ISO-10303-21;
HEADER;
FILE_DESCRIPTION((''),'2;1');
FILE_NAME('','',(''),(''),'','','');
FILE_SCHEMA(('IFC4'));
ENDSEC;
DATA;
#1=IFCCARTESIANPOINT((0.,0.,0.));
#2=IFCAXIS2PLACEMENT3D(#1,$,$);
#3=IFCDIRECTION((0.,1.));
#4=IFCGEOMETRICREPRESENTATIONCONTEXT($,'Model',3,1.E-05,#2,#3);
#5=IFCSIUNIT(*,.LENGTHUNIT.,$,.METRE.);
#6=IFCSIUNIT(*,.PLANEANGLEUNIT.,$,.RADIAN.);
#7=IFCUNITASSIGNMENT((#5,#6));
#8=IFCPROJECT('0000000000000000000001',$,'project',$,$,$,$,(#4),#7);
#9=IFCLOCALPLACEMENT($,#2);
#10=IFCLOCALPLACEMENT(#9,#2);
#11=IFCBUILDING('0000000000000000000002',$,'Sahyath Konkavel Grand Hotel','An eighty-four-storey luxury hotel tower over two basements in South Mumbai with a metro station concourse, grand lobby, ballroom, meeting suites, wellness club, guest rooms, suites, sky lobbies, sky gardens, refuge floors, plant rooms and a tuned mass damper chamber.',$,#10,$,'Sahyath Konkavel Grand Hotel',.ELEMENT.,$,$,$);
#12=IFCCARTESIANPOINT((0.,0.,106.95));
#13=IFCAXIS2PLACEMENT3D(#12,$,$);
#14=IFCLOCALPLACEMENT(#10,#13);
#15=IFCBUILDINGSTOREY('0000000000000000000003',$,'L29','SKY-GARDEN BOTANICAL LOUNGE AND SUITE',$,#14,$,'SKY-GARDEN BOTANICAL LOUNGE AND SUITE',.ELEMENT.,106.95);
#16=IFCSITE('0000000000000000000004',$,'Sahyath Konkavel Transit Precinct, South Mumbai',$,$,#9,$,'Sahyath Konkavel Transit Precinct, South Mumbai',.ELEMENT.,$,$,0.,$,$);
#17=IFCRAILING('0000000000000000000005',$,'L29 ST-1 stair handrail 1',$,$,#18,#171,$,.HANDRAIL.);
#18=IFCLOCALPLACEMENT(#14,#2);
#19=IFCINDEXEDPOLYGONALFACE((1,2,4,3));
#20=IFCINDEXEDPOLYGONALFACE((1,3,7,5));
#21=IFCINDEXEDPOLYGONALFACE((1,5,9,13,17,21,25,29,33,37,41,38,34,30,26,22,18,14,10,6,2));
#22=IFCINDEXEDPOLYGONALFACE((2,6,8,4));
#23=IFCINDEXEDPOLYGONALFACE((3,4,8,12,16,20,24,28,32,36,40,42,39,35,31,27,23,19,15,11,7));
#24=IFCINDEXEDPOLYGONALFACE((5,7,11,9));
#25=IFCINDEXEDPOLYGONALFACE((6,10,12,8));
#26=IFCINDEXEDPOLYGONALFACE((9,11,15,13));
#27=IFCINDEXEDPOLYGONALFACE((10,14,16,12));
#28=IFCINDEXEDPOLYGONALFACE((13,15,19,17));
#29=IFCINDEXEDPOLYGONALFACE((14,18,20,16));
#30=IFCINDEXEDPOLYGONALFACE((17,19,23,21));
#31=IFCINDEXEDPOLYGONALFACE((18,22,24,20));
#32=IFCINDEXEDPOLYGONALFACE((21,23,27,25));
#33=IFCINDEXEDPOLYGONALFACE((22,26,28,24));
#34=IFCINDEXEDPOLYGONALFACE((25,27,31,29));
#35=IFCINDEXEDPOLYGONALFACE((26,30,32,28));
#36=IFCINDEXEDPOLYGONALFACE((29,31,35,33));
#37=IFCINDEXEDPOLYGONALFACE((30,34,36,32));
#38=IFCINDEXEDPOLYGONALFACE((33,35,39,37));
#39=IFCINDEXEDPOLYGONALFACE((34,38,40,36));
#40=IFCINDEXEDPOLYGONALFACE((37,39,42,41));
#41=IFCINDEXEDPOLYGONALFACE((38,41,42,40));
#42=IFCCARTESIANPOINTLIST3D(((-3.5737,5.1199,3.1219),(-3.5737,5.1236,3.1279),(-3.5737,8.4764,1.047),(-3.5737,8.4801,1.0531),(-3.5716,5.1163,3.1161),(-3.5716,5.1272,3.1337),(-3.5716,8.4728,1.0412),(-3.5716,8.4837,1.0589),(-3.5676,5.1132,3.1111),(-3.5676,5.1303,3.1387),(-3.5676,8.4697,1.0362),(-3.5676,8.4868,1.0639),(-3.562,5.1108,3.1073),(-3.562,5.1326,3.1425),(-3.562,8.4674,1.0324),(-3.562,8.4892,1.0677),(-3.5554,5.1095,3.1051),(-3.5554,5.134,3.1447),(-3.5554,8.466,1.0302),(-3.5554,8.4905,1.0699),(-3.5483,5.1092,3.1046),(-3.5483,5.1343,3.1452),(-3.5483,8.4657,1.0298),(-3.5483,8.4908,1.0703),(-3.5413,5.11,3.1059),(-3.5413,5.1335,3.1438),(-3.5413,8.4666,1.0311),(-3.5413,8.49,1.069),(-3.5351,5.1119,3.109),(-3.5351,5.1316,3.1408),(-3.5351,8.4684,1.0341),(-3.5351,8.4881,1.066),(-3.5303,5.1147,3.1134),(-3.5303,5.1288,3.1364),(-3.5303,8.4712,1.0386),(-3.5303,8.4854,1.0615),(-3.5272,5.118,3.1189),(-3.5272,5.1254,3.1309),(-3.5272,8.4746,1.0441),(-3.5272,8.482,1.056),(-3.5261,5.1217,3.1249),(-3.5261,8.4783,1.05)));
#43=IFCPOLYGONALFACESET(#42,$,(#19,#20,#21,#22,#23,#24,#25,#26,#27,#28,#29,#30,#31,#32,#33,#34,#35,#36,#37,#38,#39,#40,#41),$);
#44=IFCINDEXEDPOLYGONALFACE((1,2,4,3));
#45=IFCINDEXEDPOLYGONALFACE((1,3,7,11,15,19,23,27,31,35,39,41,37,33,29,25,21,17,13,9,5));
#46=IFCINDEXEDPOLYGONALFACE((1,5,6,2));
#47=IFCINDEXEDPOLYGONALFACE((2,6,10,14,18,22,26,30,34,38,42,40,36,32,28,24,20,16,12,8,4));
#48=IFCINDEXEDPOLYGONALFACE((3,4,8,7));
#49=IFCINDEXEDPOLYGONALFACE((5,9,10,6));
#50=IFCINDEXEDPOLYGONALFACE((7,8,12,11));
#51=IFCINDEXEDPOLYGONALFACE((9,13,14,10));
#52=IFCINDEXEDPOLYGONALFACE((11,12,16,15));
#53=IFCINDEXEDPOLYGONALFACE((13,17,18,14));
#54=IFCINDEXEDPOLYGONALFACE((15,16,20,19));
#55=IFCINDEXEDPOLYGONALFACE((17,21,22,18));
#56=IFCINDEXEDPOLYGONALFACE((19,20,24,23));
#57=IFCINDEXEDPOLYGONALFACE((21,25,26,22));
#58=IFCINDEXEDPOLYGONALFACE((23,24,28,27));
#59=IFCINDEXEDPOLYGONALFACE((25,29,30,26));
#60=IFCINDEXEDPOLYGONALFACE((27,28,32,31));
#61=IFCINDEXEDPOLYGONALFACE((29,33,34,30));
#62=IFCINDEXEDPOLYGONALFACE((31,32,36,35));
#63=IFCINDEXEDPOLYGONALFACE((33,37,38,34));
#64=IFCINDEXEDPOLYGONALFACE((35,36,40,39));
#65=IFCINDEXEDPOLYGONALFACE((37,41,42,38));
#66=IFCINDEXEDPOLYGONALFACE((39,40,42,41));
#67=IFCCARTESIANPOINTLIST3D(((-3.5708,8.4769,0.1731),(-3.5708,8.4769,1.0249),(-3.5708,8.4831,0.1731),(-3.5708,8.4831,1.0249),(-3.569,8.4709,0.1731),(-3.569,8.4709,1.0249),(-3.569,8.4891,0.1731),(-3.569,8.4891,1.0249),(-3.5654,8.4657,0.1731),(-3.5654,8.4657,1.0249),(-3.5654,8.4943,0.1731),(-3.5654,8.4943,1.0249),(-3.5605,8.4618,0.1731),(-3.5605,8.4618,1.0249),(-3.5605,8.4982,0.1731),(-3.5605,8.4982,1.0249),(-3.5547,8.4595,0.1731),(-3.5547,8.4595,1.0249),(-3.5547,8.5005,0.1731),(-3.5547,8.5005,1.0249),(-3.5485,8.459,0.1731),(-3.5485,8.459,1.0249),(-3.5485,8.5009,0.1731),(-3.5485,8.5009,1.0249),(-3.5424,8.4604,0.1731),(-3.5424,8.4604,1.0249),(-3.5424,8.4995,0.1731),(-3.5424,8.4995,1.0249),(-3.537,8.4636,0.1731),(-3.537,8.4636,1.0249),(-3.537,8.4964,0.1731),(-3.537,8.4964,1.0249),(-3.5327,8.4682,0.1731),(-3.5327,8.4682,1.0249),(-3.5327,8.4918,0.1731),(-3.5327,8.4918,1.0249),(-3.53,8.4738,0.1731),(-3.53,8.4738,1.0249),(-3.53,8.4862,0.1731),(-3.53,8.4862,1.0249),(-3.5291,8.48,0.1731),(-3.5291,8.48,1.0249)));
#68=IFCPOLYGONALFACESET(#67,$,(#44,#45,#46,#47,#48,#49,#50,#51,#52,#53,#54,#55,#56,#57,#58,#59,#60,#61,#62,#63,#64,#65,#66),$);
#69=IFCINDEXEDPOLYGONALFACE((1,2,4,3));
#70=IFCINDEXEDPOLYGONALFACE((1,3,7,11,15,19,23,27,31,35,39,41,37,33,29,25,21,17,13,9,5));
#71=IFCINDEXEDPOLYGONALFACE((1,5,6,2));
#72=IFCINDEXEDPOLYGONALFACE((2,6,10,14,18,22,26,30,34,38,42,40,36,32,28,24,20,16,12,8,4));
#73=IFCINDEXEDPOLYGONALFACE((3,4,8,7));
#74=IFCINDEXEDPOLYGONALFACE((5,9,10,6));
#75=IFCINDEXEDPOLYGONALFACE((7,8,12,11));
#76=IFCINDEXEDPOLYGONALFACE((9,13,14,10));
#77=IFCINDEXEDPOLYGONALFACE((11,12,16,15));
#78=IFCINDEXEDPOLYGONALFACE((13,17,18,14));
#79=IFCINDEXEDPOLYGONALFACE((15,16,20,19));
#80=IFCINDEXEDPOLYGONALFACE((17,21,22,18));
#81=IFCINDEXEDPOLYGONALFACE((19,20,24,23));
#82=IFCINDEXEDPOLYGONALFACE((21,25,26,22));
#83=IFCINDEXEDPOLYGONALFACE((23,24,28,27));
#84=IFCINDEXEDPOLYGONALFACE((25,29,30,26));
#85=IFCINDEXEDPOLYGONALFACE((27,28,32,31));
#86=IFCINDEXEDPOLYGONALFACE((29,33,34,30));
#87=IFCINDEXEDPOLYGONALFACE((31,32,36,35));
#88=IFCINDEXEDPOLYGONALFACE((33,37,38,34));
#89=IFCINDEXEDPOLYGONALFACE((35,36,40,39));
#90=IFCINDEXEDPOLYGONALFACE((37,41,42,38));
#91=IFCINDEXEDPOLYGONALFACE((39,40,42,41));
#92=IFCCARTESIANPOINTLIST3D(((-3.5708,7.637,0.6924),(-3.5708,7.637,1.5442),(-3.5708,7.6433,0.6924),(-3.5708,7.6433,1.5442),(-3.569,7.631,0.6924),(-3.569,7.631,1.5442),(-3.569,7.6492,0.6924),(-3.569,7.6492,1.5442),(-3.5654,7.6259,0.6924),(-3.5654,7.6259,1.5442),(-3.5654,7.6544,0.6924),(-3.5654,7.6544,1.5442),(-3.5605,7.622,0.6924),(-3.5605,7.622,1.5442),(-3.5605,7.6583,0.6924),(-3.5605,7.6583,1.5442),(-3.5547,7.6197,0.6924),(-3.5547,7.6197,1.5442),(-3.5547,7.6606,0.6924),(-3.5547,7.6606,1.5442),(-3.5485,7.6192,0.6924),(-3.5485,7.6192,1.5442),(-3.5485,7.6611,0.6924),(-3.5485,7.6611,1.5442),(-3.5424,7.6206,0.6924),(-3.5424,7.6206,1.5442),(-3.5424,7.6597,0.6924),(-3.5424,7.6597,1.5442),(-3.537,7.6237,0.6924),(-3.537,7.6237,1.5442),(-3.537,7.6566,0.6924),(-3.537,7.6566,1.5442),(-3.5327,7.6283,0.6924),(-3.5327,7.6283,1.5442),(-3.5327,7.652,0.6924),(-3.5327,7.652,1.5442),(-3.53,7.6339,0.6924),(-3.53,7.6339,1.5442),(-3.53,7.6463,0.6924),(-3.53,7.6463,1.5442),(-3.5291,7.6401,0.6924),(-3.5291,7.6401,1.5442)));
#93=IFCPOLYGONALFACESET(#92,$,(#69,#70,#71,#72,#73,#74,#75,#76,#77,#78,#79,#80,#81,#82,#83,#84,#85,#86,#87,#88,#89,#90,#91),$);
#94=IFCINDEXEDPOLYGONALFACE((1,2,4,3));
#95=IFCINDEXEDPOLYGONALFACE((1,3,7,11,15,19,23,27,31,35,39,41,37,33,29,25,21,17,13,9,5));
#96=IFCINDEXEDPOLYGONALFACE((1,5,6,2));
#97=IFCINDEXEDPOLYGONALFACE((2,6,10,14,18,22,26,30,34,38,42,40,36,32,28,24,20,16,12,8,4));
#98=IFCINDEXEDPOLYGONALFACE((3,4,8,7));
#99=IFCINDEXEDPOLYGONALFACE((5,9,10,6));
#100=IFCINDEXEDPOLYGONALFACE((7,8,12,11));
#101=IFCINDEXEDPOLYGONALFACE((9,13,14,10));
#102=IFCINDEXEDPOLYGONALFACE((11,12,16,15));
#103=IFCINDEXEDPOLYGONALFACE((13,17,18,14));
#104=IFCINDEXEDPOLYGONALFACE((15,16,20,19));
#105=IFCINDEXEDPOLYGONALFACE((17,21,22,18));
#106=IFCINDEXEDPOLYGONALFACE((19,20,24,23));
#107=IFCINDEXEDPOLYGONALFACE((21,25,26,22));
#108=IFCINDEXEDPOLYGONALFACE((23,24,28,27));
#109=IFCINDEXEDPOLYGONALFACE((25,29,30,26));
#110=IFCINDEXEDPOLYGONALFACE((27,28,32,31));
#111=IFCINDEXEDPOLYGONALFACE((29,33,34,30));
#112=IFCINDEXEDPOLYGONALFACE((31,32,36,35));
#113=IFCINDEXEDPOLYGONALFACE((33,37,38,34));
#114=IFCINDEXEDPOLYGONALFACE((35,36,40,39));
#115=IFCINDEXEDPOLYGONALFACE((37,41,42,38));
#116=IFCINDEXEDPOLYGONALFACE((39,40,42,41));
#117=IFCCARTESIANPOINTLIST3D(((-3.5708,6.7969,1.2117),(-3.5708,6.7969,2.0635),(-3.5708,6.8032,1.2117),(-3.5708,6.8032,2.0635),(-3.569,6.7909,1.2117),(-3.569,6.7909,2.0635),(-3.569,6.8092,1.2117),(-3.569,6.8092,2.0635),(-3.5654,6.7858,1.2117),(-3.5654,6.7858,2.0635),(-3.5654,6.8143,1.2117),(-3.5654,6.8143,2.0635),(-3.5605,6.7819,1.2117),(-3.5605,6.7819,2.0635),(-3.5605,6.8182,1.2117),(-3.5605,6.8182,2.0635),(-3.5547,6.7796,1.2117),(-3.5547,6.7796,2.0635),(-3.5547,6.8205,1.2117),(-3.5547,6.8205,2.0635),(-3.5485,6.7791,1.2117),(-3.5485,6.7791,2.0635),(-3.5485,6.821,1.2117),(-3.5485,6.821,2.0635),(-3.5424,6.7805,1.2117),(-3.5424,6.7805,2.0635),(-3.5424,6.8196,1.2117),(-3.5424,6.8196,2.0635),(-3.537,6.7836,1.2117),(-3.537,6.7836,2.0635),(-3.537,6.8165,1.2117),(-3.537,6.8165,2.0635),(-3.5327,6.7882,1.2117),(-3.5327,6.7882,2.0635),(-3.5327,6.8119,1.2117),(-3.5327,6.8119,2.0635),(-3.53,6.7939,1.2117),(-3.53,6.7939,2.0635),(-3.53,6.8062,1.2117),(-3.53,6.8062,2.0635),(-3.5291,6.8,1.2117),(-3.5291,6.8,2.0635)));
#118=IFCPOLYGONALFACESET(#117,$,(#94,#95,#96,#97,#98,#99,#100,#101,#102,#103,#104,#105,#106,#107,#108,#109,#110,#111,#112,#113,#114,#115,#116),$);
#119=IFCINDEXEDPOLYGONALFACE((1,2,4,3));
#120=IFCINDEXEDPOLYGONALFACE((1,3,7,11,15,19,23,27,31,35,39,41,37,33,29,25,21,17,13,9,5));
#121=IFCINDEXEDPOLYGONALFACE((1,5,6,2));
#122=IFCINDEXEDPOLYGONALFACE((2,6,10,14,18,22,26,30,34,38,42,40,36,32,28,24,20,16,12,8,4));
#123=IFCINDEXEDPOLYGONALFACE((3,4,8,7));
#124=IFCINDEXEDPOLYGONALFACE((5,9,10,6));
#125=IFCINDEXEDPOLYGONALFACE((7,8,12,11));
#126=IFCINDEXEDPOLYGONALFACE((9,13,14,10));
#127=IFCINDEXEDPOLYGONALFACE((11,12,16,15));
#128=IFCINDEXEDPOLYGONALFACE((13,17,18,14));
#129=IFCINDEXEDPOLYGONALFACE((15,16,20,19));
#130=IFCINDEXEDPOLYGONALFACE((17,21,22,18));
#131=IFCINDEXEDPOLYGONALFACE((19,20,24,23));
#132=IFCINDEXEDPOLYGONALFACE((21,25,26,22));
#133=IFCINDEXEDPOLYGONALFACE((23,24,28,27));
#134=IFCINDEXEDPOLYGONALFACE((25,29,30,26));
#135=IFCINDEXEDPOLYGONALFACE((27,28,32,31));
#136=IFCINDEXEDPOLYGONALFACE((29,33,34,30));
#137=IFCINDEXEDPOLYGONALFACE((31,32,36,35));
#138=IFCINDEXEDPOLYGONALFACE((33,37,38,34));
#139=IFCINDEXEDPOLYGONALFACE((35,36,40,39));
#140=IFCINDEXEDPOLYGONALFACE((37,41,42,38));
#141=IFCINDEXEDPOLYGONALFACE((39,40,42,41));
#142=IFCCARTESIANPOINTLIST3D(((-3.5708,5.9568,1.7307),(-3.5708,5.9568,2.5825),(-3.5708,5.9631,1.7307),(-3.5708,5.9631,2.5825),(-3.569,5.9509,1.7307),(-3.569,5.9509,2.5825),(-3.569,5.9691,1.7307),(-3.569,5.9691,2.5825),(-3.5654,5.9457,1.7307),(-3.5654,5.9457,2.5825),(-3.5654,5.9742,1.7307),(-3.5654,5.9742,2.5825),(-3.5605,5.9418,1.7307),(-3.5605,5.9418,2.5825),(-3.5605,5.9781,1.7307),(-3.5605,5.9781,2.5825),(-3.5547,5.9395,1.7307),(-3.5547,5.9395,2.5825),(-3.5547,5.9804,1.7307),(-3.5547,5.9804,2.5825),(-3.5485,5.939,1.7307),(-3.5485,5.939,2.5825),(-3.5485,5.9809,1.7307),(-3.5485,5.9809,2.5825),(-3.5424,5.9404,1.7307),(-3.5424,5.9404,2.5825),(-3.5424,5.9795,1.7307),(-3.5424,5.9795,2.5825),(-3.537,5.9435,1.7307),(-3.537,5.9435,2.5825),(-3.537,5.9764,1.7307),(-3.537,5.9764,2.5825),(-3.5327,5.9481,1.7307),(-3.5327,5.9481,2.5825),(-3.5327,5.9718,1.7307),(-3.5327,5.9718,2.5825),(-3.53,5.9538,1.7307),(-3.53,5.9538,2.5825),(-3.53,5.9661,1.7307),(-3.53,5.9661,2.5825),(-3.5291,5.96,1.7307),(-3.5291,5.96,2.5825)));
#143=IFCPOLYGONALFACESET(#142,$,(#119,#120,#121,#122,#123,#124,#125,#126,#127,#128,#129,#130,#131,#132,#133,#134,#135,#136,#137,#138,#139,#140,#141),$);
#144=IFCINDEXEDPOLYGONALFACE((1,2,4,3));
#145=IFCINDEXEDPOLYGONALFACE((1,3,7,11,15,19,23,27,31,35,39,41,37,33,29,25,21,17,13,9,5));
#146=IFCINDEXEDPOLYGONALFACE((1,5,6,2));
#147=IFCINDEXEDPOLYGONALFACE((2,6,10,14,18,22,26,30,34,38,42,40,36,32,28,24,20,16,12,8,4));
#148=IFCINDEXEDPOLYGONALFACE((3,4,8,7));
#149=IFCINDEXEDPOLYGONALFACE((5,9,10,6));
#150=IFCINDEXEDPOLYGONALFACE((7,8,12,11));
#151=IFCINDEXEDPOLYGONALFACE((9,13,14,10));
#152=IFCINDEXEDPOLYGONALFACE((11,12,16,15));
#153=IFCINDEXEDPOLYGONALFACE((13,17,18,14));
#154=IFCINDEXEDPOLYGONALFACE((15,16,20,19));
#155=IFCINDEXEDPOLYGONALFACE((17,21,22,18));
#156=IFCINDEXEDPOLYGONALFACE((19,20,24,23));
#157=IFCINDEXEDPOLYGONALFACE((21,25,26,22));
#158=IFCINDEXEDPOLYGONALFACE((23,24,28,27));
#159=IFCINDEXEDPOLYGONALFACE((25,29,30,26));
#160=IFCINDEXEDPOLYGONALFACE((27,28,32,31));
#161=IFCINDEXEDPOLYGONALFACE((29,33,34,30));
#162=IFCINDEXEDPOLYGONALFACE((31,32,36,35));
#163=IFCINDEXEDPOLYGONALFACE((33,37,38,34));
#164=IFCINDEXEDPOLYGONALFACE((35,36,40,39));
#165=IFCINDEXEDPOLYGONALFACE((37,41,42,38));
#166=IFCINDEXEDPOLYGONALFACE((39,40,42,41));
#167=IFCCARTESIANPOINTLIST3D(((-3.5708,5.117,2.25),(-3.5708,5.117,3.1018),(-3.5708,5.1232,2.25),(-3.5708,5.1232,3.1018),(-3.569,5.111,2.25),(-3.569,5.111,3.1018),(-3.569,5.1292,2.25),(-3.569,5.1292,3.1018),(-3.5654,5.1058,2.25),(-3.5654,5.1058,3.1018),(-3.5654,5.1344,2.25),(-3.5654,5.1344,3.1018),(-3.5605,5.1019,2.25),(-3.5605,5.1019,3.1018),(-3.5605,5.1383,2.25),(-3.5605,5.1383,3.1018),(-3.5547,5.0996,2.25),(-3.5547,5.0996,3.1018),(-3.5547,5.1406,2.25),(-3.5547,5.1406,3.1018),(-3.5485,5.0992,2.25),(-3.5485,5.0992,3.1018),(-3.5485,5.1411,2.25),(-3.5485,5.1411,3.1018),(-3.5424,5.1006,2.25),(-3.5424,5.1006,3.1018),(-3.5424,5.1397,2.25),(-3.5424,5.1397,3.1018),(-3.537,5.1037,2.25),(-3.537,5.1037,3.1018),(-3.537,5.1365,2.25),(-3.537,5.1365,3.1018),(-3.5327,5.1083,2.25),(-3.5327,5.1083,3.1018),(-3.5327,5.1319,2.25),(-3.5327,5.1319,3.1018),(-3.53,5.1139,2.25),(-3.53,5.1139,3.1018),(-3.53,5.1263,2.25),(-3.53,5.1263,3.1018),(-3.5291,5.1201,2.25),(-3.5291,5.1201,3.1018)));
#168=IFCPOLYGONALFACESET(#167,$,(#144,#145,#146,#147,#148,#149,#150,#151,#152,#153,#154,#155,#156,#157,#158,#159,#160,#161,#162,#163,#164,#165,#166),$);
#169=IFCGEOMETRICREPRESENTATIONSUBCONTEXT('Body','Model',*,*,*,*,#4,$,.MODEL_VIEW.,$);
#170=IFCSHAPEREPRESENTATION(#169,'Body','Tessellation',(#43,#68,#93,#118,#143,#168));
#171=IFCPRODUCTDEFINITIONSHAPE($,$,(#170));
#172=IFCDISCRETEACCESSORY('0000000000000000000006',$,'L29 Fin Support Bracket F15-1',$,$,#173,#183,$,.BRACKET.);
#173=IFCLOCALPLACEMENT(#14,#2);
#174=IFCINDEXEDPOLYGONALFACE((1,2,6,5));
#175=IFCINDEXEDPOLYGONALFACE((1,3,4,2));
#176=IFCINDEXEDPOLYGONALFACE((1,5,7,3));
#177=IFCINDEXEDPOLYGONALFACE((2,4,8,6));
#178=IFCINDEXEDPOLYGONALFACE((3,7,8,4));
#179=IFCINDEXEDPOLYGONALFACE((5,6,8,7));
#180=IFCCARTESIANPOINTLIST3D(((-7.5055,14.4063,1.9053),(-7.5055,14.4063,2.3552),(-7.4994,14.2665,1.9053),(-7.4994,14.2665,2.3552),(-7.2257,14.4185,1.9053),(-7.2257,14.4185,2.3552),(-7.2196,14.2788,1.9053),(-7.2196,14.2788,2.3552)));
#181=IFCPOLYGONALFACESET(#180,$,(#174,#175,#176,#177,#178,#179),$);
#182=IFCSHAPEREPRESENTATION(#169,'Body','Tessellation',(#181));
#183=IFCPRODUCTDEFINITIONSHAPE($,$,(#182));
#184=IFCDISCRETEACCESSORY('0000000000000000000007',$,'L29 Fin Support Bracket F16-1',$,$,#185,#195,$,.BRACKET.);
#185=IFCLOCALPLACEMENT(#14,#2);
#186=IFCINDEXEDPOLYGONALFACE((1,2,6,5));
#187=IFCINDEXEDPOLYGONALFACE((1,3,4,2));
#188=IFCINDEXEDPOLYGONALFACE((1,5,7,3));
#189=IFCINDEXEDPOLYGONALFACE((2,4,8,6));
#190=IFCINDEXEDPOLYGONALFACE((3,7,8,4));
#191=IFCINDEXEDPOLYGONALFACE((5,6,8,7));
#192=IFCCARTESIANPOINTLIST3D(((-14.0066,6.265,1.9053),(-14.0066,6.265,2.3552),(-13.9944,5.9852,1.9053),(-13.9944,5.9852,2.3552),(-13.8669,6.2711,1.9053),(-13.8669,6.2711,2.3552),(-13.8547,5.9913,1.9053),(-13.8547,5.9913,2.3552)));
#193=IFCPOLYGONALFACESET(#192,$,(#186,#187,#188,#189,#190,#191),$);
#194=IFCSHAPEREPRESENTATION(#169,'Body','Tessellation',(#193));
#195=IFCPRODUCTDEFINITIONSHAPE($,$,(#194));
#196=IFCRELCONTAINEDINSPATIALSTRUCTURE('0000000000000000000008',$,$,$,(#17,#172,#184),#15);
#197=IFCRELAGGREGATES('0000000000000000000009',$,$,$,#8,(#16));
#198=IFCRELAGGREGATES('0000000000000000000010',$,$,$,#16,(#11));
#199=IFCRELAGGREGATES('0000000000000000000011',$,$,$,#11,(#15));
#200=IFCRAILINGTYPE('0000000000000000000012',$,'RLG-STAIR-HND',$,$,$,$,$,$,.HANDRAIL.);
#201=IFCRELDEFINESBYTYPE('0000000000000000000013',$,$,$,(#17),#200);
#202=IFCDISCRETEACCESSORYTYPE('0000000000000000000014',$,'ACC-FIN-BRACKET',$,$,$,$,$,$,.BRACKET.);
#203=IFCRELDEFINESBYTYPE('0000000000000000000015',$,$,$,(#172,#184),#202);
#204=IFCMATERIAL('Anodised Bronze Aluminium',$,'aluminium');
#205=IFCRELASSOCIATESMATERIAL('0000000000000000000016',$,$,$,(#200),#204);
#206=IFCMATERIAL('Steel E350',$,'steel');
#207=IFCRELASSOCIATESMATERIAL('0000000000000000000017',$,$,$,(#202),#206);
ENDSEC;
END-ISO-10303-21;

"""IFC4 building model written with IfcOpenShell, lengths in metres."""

from ifc_helpers import new_model, si_unit, direction, frame, origin, origin_2d, place, context, subcontext, project, spatial, rectangle, circle, extrude, source, transform, mapped, material, type_object, element, save


model = new_model("IFC4")

# Units and contexts
model_context = context("Model", 3, precision=1e-05, world=origin(), true_north=direction((0.0, 1.0)))
body_context = subcontext(model_context, "Body", "Model", "MODEL_VIEW")
ifc_project = project(units=[si_unit("LENGTHUNIT", "METRE"), si_unit("PLANEANGLEUNIT", "RADIAN")], contexts=[model_context])

# Site, building, storey
site_placement = place(None, origin())
site = spatial("IfcSite", under=ifc_project, at=site_placement, Name="Sahyath Konkavel Transit Precinct, South Mumbai", LongName="Sahyath Konkavel Transit Precinct, South Mumbai", CompositionType="ELEMENT", RefElevation=0.0)
building_placement = place(site_placement, origin())
building = spatial("IfcBuilding", under=site, at=building_placement, Name="Sahyath Konkavel Grand Hotel", Description="An eighty-four-storey luxury hotel tower over two basements in South Mumbai with a metro station concourse, grand lobby, ballroom, meeting suites, wellness club, guest rooms, suites, sky lobbies, sky gardens, refuge floors, plant rooms and a tuned mass damper chamber.", LongName="Sahyath Konkavel Grand Hotel", CompositionType="ELEMENT")
storey_placement = place(building_placement, frame((0.0, 0.0, 106.95)))
storey = spatial("IfcBuildingStorey", under=building, at=storey_placement, Name="L29", Description="SKY-GARDEN BOTANICAL LOUNGE AND SUITE", LongName="SKY-GARDEN BOTANICAL LOUNGE AND SUITE", CompositionType="ELEMENT", Elevation=106.95)

# Shared definitions
ifc_material_1 = material(Name="Steel E350", Category="steel")

# Shared definitions
ifc_material_2 = material(Name="Anodised Bronze Aluminium", Category="aluminium")

# Railing
railing_type_1 = type_object("IfcRailingType", Name="RLG-STAIR-HND", PredefinedType="HANDRAIL", material=ifc_material_2)
railing_1_placement = place(storey_placement, frame((-3.55, 8.48, 0.1731)))
element("IfcRailing", 1, at=railing_1_placement, inside=storey, type_object=railing_type_1, Name="L29 ST-1 stair handrail 1", PredefinedType="HANDRAIL", context=body_context, shape_type="SweptSolid", body=[
    extrude(circle(Radius=0.0239, at=origin_2d()), frame((0.0, -0.0017, 0.877), z_axis=(0.0, -0.850606, 0.525803), x_axis=(1.0, 0.0, 0.0)), (0.0, 0.0, 1.0), 3.946),
    extrude(circle(Radius=0.021, at=origin_2d()), origin(), (0.0, 0.0, 1.0), 0.8518),
    extrude(circle(Radius=0.021, at=origin_2d()), frame((0.0, -0.8398, 0.5193)), (0.0, 0.0, 1.0), 0.8518),
    extrude(circle(Radius=0.021, at=origin_2d()), frame((0.0, -1.6799, 1.0386)), (0.0, 0.0, 1.0), 0.8518),
    extrude(circle(Radius=0.021, at=origin_2d()), frame((0.0, -2.52, 1.5576)), (0.0, 0.0, 1.0), 0.8518),
    extrude(circle(Radius=0.021, at=origin_2d()), frame((0.0, -3.3599, 2.0769)), (0.0, 0.0, 1.0), 0.8518),
])

# Discrete accessories
discrete_accessory_type = type_object("IfcDiscreteAccessoryType", Name="ACC-FIN-BRACKET", PredefinedType="BRACKET", material=ifc_material_1)
shared_shape_1 = source(origin(), body_context, "Body", "SweptSolid", [
    extrude(rectangle(XDim=0.28, YDim=0.1399, at=origin_2d()), origin(), (0.0, 0.0, 1.0), 0.45),
])
for number, where, z_axis, x_axis, name in (
    (2, (-7.3625, 14.3425, 1.9053), (0.0, 0.0, 1.0), (-0.999048, -0.043619, 0.0), "L29 Fin Support Bracket F15-1"),
    (3, (-13.9307, 6.1282, 1.9053), (0.0, 0.0, 1.0), (-0.043602, 0.999049, 0.0), "L29 Fin Support Bracket F16-1"),
):
    element("IfcDiscreteAccessory", number, at=place(storey_placement, frame(where, z_axis=z_axis, x_axis=x_axis)), inside=storey, type_object=discrete_accessory_type, Name=name, PredefinedType="BRACKET", context=body_context, shape_type="MappedRepresentation", body=[
        mapped(shared_shape_1, transform((0.0, 0.0, 0.0), scale=1.0)),
    ])

save(model, "model.ifc")
